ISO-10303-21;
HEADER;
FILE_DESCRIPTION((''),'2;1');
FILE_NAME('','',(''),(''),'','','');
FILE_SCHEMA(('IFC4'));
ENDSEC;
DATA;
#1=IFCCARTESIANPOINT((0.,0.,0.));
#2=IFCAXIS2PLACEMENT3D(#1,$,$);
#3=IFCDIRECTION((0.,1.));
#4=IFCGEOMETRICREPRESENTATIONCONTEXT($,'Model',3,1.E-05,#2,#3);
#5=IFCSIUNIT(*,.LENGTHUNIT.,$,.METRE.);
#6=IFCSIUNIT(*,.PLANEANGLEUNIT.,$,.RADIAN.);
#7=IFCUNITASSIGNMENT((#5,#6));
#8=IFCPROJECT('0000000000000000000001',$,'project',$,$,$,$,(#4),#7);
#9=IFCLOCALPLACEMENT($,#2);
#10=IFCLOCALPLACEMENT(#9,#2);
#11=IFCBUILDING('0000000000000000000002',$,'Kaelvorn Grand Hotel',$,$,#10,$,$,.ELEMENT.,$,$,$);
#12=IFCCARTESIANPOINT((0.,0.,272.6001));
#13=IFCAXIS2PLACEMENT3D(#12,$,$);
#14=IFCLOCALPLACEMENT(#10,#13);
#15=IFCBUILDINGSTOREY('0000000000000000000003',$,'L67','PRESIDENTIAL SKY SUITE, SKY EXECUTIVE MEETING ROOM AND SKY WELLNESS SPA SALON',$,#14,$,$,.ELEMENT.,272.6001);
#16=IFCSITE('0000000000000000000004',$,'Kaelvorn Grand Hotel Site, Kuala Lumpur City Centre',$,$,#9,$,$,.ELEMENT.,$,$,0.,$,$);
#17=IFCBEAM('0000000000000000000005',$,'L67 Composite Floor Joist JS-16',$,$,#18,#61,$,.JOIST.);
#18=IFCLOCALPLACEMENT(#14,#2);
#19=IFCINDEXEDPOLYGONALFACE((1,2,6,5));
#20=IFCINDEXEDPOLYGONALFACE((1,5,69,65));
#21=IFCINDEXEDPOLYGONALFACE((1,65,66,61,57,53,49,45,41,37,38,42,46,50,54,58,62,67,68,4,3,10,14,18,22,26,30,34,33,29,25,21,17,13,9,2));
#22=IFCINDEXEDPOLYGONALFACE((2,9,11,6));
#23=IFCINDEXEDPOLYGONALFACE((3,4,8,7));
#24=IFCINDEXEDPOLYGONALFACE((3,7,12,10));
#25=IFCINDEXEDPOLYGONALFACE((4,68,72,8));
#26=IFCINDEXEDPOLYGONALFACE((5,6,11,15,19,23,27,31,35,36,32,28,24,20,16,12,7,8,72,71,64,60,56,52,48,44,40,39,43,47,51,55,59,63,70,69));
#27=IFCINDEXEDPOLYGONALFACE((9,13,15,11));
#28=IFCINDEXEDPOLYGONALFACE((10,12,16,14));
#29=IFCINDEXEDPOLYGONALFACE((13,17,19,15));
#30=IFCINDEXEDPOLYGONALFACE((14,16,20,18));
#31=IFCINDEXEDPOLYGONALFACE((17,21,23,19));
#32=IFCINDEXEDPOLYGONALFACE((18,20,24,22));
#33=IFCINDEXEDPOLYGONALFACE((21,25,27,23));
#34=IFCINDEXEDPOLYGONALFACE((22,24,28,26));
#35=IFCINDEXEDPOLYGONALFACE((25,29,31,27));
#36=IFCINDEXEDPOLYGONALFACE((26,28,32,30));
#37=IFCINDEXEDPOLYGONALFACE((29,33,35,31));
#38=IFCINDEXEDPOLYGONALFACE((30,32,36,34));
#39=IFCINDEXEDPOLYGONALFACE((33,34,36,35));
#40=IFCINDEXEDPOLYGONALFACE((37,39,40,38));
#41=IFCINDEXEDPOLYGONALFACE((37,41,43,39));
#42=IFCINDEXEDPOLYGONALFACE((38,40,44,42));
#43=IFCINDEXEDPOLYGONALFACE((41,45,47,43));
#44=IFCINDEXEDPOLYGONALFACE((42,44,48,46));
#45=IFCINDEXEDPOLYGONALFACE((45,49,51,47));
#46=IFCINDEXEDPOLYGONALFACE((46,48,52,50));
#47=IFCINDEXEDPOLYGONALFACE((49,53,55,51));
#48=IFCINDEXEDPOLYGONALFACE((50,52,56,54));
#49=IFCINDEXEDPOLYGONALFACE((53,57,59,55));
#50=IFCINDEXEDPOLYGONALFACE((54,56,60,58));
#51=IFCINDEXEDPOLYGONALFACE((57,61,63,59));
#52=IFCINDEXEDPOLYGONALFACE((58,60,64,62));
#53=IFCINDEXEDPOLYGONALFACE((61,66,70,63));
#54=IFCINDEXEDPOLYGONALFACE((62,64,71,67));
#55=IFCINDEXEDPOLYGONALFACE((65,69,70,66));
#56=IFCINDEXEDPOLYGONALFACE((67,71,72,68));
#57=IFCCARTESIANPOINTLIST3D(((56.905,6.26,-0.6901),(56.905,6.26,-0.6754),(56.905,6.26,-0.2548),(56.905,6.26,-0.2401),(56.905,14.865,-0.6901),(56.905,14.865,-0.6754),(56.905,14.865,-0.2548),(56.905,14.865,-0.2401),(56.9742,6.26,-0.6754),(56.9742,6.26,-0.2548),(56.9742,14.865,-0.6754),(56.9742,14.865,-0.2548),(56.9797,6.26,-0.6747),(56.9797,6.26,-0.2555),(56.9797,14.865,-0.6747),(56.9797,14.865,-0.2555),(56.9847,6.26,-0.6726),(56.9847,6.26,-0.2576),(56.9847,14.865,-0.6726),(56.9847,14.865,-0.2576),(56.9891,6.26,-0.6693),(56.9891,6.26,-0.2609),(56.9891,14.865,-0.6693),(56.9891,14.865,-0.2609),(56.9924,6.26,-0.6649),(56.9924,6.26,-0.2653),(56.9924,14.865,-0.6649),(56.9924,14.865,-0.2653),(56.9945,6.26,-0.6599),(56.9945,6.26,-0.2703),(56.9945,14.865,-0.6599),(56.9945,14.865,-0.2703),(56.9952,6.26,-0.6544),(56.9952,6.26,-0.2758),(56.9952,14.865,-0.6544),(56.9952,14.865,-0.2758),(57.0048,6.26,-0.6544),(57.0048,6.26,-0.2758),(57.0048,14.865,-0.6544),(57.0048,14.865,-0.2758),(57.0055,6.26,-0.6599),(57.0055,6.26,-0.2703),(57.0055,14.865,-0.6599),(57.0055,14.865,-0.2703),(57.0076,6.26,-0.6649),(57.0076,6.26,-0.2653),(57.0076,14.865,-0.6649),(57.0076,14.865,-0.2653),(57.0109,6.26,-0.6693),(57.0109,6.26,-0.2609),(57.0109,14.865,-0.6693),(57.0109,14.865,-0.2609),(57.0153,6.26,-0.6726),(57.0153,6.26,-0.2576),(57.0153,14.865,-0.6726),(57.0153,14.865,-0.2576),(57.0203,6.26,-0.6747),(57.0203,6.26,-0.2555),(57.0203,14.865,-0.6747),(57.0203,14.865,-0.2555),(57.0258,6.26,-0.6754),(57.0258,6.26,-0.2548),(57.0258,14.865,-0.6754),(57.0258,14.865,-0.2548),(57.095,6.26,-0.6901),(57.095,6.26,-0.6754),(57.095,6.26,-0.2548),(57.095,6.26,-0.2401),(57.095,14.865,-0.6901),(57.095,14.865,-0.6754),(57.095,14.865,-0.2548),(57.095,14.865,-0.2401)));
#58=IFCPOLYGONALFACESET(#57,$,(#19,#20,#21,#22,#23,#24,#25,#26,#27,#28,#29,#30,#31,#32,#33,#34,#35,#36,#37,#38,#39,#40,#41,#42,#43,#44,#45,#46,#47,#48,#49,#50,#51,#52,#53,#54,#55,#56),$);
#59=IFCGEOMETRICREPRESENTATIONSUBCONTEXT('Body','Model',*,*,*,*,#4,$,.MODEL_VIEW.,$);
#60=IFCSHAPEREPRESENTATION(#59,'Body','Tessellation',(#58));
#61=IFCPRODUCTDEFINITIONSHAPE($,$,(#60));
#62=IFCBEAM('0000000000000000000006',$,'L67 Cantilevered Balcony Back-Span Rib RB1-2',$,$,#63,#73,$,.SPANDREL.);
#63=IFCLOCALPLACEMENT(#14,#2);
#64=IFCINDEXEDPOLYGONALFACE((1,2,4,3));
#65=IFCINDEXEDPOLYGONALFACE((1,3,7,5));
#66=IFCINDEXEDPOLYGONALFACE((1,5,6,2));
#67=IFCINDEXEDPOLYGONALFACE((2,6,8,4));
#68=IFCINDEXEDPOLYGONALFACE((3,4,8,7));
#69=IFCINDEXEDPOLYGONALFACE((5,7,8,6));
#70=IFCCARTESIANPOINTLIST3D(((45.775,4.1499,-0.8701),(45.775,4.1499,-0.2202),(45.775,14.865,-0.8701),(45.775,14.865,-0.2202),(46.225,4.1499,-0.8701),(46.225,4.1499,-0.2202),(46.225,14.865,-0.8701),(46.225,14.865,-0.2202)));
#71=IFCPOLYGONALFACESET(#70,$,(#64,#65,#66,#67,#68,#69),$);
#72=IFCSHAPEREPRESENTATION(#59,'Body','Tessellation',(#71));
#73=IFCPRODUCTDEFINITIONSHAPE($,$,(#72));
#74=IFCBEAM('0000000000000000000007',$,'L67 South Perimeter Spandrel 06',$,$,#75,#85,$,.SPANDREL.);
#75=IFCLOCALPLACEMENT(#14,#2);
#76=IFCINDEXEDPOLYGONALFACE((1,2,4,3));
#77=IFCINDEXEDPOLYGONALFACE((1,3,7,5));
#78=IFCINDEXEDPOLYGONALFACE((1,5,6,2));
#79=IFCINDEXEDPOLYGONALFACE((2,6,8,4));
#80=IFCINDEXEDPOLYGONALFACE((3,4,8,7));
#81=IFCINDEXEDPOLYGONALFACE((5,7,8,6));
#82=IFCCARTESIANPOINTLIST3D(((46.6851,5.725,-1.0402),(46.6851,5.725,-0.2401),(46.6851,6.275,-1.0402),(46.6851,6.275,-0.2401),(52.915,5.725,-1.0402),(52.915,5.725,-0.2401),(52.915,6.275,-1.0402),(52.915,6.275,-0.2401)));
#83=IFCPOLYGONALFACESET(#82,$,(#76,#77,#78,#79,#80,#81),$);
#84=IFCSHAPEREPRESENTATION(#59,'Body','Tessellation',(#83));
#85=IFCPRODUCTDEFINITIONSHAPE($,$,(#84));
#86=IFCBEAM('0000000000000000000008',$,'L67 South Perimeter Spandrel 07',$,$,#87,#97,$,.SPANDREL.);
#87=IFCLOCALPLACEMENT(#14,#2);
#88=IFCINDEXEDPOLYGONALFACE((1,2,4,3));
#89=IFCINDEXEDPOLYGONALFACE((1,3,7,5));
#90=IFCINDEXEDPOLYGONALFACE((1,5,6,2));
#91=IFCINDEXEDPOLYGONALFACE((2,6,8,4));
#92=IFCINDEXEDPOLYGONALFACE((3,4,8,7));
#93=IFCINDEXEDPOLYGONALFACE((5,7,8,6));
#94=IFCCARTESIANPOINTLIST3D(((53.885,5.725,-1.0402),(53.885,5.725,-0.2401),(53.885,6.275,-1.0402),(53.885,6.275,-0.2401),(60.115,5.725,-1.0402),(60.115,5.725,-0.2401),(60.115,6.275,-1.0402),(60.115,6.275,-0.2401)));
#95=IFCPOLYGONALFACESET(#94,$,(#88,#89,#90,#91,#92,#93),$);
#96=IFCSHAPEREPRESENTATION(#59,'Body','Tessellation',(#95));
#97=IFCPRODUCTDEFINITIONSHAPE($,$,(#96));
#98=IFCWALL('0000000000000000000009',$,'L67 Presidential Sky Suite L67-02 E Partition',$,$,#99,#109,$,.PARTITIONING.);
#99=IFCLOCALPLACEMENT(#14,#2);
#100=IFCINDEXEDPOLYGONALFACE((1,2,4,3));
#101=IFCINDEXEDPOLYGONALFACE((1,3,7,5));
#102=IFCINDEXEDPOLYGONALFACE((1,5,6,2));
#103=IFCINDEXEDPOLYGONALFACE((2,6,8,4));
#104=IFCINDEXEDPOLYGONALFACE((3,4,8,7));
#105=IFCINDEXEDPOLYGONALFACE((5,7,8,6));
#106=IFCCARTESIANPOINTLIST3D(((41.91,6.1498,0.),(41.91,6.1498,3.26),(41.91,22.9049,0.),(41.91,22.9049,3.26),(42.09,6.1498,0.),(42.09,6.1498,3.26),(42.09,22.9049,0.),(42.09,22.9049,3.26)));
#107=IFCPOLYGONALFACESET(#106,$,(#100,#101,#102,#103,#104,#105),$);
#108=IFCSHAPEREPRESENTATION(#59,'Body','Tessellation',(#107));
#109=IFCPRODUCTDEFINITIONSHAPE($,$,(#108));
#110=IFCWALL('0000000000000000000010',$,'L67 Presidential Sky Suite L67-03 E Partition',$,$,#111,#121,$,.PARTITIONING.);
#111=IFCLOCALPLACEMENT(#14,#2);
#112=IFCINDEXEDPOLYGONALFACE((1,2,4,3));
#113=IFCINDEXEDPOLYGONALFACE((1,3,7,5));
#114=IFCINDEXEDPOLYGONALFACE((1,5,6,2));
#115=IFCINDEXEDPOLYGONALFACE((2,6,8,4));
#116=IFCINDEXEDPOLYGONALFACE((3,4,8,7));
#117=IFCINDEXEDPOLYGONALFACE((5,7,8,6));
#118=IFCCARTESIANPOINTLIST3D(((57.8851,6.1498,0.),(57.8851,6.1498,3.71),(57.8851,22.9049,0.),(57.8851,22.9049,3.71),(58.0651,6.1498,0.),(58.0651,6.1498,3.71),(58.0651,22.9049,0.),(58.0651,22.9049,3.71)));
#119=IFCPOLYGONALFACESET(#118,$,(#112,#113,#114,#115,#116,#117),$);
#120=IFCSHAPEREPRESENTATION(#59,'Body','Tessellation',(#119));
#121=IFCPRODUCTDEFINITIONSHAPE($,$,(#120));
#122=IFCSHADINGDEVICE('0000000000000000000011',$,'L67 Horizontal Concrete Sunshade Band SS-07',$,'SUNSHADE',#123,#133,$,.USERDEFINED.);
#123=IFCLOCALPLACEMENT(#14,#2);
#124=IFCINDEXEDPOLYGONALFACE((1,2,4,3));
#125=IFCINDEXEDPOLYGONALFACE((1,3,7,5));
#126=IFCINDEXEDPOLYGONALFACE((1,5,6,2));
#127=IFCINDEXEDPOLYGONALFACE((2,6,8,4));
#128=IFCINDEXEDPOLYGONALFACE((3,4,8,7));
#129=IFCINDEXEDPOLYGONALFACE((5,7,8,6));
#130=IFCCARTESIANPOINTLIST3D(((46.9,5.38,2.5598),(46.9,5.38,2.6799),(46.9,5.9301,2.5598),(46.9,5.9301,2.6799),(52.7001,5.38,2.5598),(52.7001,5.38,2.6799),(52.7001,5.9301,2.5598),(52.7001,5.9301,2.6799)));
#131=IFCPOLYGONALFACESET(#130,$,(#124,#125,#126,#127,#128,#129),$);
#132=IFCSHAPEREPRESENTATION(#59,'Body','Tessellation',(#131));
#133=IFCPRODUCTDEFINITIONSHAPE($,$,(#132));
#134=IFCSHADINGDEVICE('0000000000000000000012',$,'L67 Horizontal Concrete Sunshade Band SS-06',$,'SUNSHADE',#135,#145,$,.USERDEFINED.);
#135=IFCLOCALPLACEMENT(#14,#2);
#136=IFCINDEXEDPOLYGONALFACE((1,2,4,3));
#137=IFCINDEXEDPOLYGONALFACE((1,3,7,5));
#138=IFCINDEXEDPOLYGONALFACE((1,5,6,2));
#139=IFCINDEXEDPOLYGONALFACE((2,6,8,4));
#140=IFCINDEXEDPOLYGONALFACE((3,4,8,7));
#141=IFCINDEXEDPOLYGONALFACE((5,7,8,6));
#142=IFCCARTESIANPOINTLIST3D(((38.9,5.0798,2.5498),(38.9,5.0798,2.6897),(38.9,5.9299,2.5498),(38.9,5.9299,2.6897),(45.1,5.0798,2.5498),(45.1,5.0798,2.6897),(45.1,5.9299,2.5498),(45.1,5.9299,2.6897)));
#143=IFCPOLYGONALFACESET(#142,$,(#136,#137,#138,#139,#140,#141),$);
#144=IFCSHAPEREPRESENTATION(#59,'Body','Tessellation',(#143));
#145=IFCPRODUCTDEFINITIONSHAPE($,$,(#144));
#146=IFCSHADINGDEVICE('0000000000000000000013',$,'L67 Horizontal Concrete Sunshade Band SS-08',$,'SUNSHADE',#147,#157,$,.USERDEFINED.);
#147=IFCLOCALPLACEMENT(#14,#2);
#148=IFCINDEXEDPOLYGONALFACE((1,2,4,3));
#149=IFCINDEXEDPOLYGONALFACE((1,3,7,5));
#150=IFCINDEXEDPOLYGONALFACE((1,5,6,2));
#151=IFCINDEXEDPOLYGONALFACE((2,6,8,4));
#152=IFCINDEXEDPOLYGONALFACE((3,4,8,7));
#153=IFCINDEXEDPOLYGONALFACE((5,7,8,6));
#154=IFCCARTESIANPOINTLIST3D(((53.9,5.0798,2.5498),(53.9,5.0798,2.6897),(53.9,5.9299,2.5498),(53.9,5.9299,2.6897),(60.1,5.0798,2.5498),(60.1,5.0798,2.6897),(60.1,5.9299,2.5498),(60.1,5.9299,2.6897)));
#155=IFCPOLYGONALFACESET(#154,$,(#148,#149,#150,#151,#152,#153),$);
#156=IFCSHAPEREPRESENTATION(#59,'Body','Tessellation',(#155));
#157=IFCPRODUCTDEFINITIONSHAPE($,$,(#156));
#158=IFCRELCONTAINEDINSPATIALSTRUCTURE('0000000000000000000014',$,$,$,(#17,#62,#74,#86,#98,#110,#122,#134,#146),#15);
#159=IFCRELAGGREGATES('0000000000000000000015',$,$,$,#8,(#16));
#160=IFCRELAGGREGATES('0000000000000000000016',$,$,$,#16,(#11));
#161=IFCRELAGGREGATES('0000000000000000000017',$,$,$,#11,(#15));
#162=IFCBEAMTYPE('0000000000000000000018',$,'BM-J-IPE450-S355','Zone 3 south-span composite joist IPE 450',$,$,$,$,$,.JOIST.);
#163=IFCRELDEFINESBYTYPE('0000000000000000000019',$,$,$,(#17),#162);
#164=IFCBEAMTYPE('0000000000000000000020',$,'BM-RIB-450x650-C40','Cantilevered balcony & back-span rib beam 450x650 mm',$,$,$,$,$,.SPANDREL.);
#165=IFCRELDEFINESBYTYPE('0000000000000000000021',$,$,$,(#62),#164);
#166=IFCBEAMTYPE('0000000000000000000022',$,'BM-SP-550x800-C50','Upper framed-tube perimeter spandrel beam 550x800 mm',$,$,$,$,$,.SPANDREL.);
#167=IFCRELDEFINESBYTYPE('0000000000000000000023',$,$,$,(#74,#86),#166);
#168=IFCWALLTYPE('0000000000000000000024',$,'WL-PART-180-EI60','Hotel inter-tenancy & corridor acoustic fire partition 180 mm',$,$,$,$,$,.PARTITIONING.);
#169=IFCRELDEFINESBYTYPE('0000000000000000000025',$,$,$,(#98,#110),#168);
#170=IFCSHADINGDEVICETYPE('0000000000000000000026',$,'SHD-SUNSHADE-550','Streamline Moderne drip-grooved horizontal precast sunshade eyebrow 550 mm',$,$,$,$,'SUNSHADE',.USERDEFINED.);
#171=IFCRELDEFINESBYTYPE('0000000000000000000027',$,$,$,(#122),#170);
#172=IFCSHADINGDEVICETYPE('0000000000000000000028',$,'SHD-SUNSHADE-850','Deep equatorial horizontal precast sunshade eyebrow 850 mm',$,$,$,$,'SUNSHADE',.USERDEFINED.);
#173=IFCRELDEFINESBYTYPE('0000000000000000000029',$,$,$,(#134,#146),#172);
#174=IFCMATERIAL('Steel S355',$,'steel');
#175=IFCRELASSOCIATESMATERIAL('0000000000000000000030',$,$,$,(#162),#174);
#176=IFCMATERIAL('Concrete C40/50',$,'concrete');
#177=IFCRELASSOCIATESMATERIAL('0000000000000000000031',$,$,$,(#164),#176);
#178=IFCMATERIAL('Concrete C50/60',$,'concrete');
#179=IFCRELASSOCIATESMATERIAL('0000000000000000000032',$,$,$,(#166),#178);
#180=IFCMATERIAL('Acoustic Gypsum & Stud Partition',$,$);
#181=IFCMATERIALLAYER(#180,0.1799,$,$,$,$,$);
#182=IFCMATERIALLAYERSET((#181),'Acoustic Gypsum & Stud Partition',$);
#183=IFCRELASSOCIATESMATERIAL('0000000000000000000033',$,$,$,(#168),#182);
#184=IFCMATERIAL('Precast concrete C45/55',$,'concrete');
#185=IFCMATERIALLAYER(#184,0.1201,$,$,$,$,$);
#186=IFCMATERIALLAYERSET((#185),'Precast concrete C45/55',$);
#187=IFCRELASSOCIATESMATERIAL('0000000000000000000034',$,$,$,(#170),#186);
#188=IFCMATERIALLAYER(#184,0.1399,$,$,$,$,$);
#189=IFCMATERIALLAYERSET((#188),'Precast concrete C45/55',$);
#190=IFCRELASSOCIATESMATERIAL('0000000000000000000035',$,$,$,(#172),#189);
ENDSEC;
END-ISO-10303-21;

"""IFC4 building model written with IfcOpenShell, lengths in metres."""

from ifc_helpers import new_model, si_unit, direction, frame, frame_2d, origin, origin_2d, place, context, subcontext, project, spatial, rectangle, i_section, extrude, material, layer, layer_set, material_profile, profile_set, type_object, element, save


model = new_model("IFC4")

# Units and contexts
model_context = context("Model", 3, precision=1e-05, world=origin(), true_north=direction((0.0, 1.0)))
body_context = subcontext(model_context, "Body", "Model", "MODEL_VIEW")
ifc_project = project(units=[si_unit("LENGTHUNIT", "METRE"), si_unit("PLANEANGLEUNIT", "RADIAN")], contexts=[model_context])

# Site, building, storey
site_placement = place(None, origin())
site = spatial("IfcSite", under=ifc_project, at=site_placement, Name="Kaelvorn Grand Hotel Site, Kuala Lumpur City Centre", CompositionType="ELEMENT", RefElevation=0.0)
building_placement = place(site_placement, origin())
building = spatial("IfcBuilding", under=site, at=building_placement, Name="Kaelvorn Grand Hotel", CompositionType="ELEMENT")
storey_placement = place(building_placement, frame((0.0, 0.0, 272.6001)))
storey = spatial("IfcBuildingStorey", under=building, at=storey_placement, Name="L67", Description="PRESIDENTIAL SKY SUITE, SKY EXECUTIVE MEETING ROOM AND SKY WELLNESS SPA SALON", CompositionType="ELEMENT", Elevation=272.6001)

# Shared definitions
ifc_material_1 = material(Name="Concrete C50/60", Category="concrete")

# Beams
ifc_material_2 = material(Name="Steel S355", Category="steel")
ifc_material_profile_1 = material_profile(ifc_material_2, i_section(OverallWidth=0.1899, OverallDepth=0.45, WebThickness=0.0095, FlangeThickness=0.0146, FilletRadius=0.021, at=origin_2d()), Name="IPE 450")
ifc_profile_set_1 = profile_set([ifc_material_profile_1], Name="Steel S355")
beam_type_1 = type_object("IfcBeamType", Name="BM-J-IPE450-S355", Description="Zone 3 south-span composite joist IPE 450", PredefinedType="JOIST", material=ifc_profile_set_1)
beam_1_placement = place(storey_placement, frame((57.0, 6.26, -0.4651), z_axis=(0.0, 1.0, 0.0), x_axis=(-1.0, 0.0, 0.0)))
element("IfcBeam", 1, at=beam_1_placement, inside=storey, type_object=beam_type_1, Name="L67 Composite Floor Joist JS-16", PredefinedType="JOIST", context=body_context, shape_type="SweptSolid", body=[
    extrude(i_section(OverallWidth=0.1899, OverallDepth=0.45, WebThickness=0.0095, FlangeThickness=0.0146, FilletRadius=0.021, at=origin_2d()), origin(), (0.0, 0.0, 1.0), 8.605),
])
ifc_material_3 = material(Name="Concrete C40/50", Category="concrete")
ifc_material_profile_2 = material_profile(ifc_material_3, rectangle(XDim=0.45, YDim=0.6499, at=origin_2d()), Name="RC RIB 450x650")
ifc_profile_set_2 = profile_set([ifc_material_profile_2], Name="Concrete C40/50")
beam_type_2 = type_object("IfcBeamType", Name="BM-RIB-450x650-C40", Description="Cantilevered balcony & back-span rib beam 450x650 mm", PredefinedType="SPANDREL", material=ifc_profile_set_2)
beam_2_placement = place(storey_placement, frame((46.0, 4.1499, -0.5452), z_axis=(0.0, 1.0, 0.0), x_axis=(-1.0, 0.0, 0.0)))
element("IfcBeam", 2, at=beam_2_placement, inside=storey, type_object=beam_type_2, Name="L67 Cantilevered Balcony Back-Span Rib RB1-2", PredefinedType="SPANDREL", context=body_context, shape_type="SweptSolid", body=[
    extrude(rectangle(XDim=0.45, YDim=0.6499, at=origin_2d()), origin(), (0.0, 0.0, 1.0), 10.7151),
])
ifc_material_profile_3 = material_profile(ifc_material_1, rectangle(XDim=0.55, YDim=0.8, at=origin_2d()), Name="RC SPANDREL 550x800")
ifc_profile_set_3 = profile_set([ifc_material_profile_3], Name="Concrete C50/60")
beam_type_3 = type_object("IfcBeamType", Name="BM-SP-550x800-C50", Description="Upper framed-tube perimeter spandrel beam 550x800 mm", PredefinedType="SPANDREL", material=ifc_profile_set_3)
for number, where, z_axis, x_axis, name in (
    (3, (46.6851, 6.0, -0.6401), (1.0, 0.0, 0.0), (0.0, 1.0, 0.0), "L67 South Perimeter Spandrel 06"),
    (4, (53.885, 6.0, -0.6401), (1.0, 0.0, 0.0), (0.0, 1.0, 0.0), "L67 South Perimeter Spandrel 07"),
):
    element("IfcBeam", number, at=place(storey_placement, frame(where, z_axis=z_axis, x_axis=x_axis)), inside=storey, type_object=beam_type_3, Name=name, PredefinedType="SPANDREL", context=body_context, shape_type="SweptSolid", body=[
        extrude(rectangle(XDim=0.55, YDim=0.8, at=origin_2d()), origin(), (0.0, 0.0, 1.0), 6.23),
    ])

# Walls
ifc_material_4 = material(Name="Acoustic Gypsum & Stud Partition")
ifc_layer_1 = layer(ifc_material_4, 0.1799)
ifc_layer_set_1 = layer_set([ifc_layer_1], Name="Acoustic Gypsum & Stud Partition")
wall_type = type_object("IfcWallType", Name="WL-PART-180-EI60", Description="Hotel inter-tenancy & corridor acoustic fire partition 180 mm", PredefinedType="PARTITIONING", material=ifc_layer_set_1)
wall_1_placement = place(storey_placement, frame((42.0, 6.1499, 0.0), z_axis=(0.0, 0.0, 1.0), x_axis=(0.0, 1.0, 0.0)))
element("IfcWall", 5, at=wall_1_placement, inside=storey, type_object=wall_type, Name="L67 Presidential Sky Suite L67-02 E Partition", PredefinedType="PARTITIONING", context=body_context, shape_type="SweptSolid", body=[
    extrude(rectangle(XDim=16.7551, YDim=0.1799, at=frame_2d((8.3774, 0.0))), origin(), (0.0, 0.0, 1.0), 3.26),
])
wall_2_placement = place(storey_placement, frame((57.9751, 6.1499, 0.0), z_axis=(0.0, 0.0, 1.0), x_axis=(0.0, 1.0, 0.0)))
element("IfcWall", 6, at=wall_2_placement, inside=storey, type_object=wall_type, Name="L67 Presidential Sky Suite L67-03 E Partition", PredefinedType="PARTITIONING", context=body_context, shape_type="SweptSolid", body=[
    extrude(rectangle(XDim=16.7551, YDim=0.1799, at=frame_2d((8.3774, 0.0))), origin(), (0.0, 0.0, 1.0), 3.71),
])

# Shading devices
ifc_material_5 = material(Name="Precast concrete C45/55", Category="concrete")
ifc_layer_2 = layer(ifc_material_5, 0.1201)
ifc_layer_set_2 = layer_set([ifc_layer_2], Name="Precast concrete C45/55")
shading_device_type_1 = type_object("IfcShadingDeviceType", Name="SHD-SUNSHADE-550", Description="Streamline Moderne drip-grooved horizontal precast sunshade eyebrow 550 mm", ElementType="SUNSHADE", PredefinedType="USERDEFINED", material=ifc_layer_set_2)
shading_device_placement = place(storey_placement, frame((49.8, 5.655, 2.5598), z_axis=(0.0, 0.0, 1.0), x_axis=(1.0, 0.0, 0.0)))
element("IfcShadingDevice", 7, at=shading_device_placement, inside=storey, type_object=shading_device_type_1, Name="L67 Horizontal Concrete Sunshade Band SS-07", ObjectType="SUNSHADE", PredefinedType="USERDEFINED", context=body_context, shape_type="SweptSolid", body=[
    extrude(rectangle(XDim=5.8, YDim=0.55, at=origin_2d()), origin(), (0.0, 0.0, 1.0), 0.1201),
])
ifc_layer_3 = layer(ifc_material_5, 0.1399)
ifc_layer_set_3 = layer_set([ifc_layer_3], Name="Precast concrete C45/55")
shading_device_type_2 = type_object("IfcShadingDeviceType", Name="SHD-SUNSHADE-850", Description="Deep equatorial horizontal precast sunshade eyebrow 850 mm", ElementType="SUNSHADE", PredefinedType="USERDEFINED", material=ifc_layer_set_3)
for number, where, z_axis, x_axis, name in (
    (8, (42.0, 5.5049, 2.5498), (0.0, 0.0, 1.0), (1.0, 0.0, 0.0), "L67 Horizontal Concrete Sunshade Band SS-06"),
    (9, (57.0, 5.5049, 2.5498), (0.0, 0.0, 1.0), (1.0, 0.0, 0.0), "L67 Horizontal Concrete Sunshade Band SS-08"),
):
    element("IfcShadingDevice", number, at=place(storey_placement, frame(where, z_axis=z_axis, x_axis=x_axis)), inside=storey, type_object=shading_device_type_2, Name=name, ObjectType="SUNSHADE", PredefinedType="USERDEFINED", context=body_context, shape_type="SweptSolid", body=[
        extrude(rectangle(XDim=6.2, YDim=0.8501, at=origin_2d()), origin(), (0.0, 0.0, 1.0), 0.1399),
    ])

save(model, "model.ifc")
